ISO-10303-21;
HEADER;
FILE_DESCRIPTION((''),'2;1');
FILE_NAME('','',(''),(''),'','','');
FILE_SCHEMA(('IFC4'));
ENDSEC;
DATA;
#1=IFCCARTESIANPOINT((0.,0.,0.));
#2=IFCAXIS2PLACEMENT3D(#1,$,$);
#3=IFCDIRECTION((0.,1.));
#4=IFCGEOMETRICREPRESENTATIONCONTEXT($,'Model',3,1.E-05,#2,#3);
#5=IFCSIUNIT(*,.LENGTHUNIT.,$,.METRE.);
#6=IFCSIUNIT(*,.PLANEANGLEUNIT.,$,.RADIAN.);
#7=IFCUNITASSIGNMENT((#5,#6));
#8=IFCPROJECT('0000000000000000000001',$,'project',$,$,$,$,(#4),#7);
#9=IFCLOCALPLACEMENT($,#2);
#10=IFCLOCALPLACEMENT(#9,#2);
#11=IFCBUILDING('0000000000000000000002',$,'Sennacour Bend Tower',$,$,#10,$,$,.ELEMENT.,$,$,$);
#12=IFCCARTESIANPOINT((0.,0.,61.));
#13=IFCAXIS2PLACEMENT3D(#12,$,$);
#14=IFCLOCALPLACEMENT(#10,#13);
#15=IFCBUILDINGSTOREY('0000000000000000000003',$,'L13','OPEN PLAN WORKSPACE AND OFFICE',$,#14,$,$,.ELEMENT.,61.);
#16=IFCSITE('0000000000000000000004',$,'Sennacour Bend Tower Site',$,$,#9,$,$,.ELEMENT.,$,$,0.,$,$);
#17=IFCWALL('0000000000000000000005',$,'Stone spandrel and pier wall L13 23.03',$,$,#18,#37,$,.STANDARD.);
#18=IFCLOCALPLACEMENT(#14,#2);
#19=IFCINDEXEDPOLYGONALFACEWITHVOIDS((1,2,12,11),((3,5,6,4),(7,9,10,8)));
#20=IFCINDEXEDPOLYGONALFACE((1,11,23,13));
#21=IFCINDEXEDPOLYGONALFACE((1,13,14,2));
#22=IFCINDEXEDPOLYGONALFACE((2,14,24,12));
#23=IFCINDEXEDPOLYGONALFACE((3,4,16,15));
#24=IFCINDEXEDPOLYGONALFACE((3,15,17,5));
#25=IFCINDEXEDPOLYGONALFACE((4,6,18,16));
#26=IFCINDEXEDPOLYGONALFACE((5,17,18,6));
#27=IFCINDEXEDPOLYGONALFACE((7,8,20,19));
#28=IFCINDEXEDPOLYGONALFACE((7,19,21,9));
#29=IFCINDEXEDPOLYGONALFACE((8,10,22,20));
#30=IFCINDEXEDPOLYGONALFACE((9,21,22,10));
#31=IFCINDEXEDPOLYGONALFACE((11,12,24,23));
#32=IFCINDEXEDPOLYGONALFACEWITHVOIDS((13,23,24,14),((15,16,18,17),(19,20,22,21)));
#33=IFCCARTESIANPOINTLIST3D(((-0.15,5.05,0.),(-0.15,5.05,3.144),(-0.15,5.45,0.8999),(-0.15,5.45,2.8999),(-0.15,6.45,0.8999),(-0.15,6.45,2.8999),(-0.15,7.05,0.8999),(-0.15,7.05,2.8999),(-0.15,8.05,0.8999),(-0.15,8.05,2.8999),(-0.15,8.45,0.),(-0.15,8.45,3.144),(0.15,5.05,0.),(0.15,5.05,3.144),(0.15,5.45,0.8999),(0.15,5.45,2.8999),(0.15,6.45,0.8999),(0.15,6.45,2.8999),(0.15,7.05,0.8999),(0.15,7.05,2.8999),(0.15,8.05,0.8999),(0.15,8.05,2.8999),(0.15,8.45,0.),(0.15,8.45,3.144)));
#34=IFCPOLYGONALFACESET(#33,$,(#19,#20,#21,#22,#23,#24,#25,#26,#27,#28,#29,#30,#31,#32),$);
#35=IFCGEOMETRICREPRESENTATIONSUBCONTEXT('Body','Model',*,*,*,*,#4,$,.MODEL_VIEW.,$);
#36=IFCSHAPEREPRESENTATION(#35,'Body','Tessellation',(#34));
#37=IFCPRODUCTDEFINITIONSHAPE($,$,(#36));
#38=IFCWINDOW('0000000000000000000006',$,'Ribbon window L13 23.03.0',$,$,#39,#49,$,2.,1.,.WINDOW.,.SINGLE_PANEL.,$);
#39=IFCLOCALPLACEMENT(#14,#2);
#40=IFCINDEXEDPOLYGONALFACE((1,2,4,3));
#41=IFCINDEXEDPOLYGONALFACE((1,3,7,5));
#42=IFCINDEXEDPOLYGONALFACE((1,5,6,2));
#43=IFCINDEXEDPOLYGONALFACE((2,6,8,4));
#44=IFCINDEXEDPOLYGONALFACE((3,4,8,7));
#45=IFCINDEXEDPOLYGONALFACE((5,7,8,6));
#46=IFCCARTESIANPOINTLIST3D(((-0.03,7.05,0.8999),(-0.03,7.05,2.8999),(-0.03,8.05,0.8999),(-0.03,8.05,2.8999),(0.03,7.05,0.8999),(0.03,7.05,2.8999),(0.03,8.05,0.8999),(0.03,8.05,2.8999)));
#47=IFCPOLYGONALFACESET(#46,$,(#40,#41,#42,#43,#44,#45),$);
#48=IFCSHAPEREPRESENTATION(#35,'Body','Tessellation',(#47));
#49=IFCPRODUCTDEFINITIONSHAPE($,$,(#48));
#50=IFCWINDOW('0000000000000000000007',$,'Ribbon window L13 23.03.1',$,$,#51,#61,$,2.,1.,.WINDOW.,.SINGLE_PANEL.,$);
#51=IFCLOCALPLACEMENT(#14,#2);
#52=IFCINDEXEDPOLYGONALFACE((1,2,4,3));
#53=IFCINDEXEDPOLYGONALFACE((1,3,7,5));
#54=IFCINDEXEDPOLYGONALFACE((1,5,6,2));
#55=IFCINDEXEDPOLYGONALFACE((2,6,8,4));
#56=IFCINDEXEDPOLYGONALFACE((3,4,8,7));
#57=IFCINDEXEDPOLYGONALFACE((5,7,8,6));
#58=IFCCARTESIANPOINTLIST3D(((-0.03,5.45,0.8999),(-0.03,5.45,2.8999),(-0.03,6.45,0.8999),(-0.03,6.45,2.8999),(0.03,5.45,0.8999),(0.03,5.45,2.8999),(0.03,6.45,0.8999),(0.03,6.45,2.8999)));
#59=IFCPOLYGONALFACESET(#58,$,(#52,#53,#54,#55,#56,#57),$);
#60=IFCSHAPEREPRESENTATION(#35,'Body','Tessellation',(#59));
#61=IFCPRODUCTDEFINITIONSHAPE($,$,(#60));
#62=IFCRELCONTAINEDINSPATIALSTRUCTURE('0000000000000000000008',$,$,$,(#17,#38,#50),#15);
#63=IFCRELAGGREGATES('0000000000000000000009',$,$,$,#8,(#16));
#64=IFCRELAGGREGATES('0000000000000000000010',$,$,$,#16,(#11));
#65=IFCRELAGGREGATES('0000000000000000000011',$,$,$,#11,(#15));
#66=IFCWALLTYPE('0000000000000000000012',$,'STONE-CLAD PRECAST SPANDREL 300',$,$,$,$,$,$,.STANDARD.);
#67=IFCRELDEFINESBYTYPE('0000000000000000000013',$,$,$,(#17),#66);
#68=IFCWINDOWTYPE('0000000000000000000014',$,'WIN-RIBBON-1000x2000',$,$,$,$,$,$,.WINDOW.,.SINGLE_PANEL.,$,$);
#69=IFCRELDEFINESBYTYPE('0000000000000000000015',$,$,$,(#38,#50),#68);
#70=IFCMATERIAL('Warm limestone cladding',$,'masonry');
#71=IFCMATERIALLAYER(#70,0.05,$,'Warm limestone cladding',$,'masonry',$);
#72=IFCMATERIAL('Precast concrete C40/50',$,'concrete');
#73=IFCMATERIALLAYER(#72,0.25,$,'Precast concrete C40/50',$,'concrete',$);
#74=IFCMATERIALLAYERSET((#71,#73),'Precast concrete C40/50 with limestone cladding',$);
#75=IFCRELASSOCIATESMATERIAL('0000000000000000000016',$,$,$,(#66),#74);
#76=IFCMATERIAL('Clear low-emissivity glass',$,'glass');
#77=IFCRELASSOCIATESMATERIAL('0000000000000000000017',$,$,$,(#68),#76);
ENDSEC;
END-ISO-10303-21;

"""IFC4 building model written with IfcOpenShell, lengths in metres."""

from ifc_helpers import new_model, si_unit, direction, frame, frame_2d, origin, place, context, subcontext, project, spatial, rectangle, extrude, material, layer, layer_set, type_object, element, fill, save


model = new_model("IFC4")

# Units and contexts
model_context = context("Model", 3, precision=1e-05, world=origin(), true_north=direction((0.0, 1.0)))
body_context = subcontext(model_context, "Body", "Model", "MODEL_VIEW")
ifc_project = project(units=[si_unit("LENGTHUNIT", "METRE"), si_unit("PLANEANGLEUNIT", "RADIAN")], contexts=[model_context])

# Site, building, storey
site_placement = place(None, origin())
site = spatial("IfcSite", under=ifc_project, at=site_placement, Name="Sennacour Bend Tower Site", CompositionType="ELEMENT", RefElevation=0.0)
building_placement = place(site_placement, origin())
building = spatial("IfcBuilding", under=site, at=building_placement, Name="Sennacour Bend Tower", CompositionType="ELEMENT")
storey_placement = place(building_placement, frame((0.0, 0.0, 61.0)))
storey = spatial("IfcBuildingStorey", under=building, at=storey_placement, Name="L13", Description="OPEN PLAN WORKSPACE AND OFFICE", CompositionType="ELEMENT", Elevation=61.0)

# Wall, openings, windows
ifc_material_1 = material(Name="Warm limestone cladding", Category="masonry")
ifc_layer_1 = layer(ifc_material_1, 0.05, Name="Warm limestone cladding", Category="masonry")
ifc_material_2 = material(Name="Precast concrete C40/50", Category="concrete")
ifc_layer_2 = layer(ifc_material_2, 0.25, Name="Precast concrete C40/50", Category="concrete")
ifc_layer_set = layer_set([ifc_layer_1, ifc_layer_2], Name="Precast concrete C40/50 with limestone cladding")
wall_type = type_object("IfcWallType", Name="STONE-CLAD PRECAST SPANDREL 300", PredefinedType="STANDARD", material=ifc_layer_set)
ifc_material_3 = material(Name="Clear low-emissivity glass", Category="glass")
window_type = type_object("IfcWindowType", Name="WIN-RIBBON-1000x2000", PartitioningType="SINGLE_PANEL", PredefinedType="WINDOW", material=ifc_material_3)
wall_1_placement = place(storey_placement, frame((0.0, 8.45, 0.0), z_axis=(0.0, 0.0, 1.0), x_axis=(0.0, -1.0, 0.0)))
wall_1 = element("IfcWall", 1, at=wall_1_placement, inside=storey, type_object=wall_type, Name="Stone spandrel and pier wall L13 23.03", PredefinedType="STANDARD", context=body_context, shape_type="SweptSolid", body=[
    extrude(rectangle(XDim=3.3999, YDim=0.3, at=frame_2d((1.7, 0.0))), origin(), (0.0, 0.0, 1.0), 3.144),
])
opening_1_placement = place(wall_1_placement, frame((0.3999, 0.0, 0.8999)))
opening_1 = element("IfcOpeningElement", 2, at=opening_1_placement, cuts=wall_1, PredefinedType="OPENING", context=body_context, shape_type="SweptSolid", body=[
    extrude(rectangle(XDim=1.0, YDim=2.0, at=frame_2d((0.5, 1.0))), frame((0.0, 0.1602, 0.0), z_axis=(0.0, -1.0, 0.0), x_axis=(1.0, 0.0, 0.0)), (0.0, 0.0, 1.0), 0.3201),
])
opening_2_placement = place(wall_1_placement, frame((2.0, 0.0, 0.8999)))
opening_2 = element("IfcOpeningElement", 3, at=opening_2_placement, cuts=wall_1, PredefinedType="OPENING", context=body_context, shape_type="SweptSolid", body=[
    extrude(rectangle(XDim=1.0, YDim=2.0, at=frame_2d((0.5, 1.0))), frame((0.0, 0.1602, 0.0), z_axis=(0.0, -1.0, 0.0), x_axis=(1.0, 0.0, 0.0)), (0.0, 0.0, 1.0), 0.3201),
])
window_1_placement = place(opening_1_placement, origin())
window_1 = element("IfcWindow", 4, at=window_1_placement, inside=storey, type_object=window_type, Name="Ribbon window L13 23.03.0", OverallHeight=2.0, OverallWidth=1.0, PartitioningType="SINGLE_PANEL", PredefinedType="WINDOW", context=body_context, shape_type="SweptSolid", body=[
    extrude(rectangle(XDim=1.0, YDim=2.0, at=frame_2d((0.5, 1.0))), frame((0.0, 0.03, 0.0), z_axis=(0.0, -1.0, 0.0), x_axis=(1.0, 0.0, 0.0)), (0.0, 0.0, 1.0), 0.0601),
])
fill(opening_1, window_1)
window_2_placement = place(opening_2_placement, origin())
window_2 = element("IfcWindow", 5, at=window_2_placement, inside=storey, type_object=window_type, Name="Ribbon window L13 23.03.1", OverallHeight=2.0, OverallWidth=1.0, PartitioningType="SINGLE_PANEL", PredefinedType="WINDOW", context=body_context, shape_type="SweptSolid", body=[
    extrude(rectangle(XDim=1.0, YDim=2.0, at=frame_2d((0.5, 1.0))), frame((0.0, 0.03, 0.0), z_axis=(0.0, -1.0, 0.0), x_axis=(1.0, 0.0, 0.0)), (0.0, 0.0, 1.0), 0.0601),
])
fill(opening_2, window_2)

save(model, "model.ifc")
